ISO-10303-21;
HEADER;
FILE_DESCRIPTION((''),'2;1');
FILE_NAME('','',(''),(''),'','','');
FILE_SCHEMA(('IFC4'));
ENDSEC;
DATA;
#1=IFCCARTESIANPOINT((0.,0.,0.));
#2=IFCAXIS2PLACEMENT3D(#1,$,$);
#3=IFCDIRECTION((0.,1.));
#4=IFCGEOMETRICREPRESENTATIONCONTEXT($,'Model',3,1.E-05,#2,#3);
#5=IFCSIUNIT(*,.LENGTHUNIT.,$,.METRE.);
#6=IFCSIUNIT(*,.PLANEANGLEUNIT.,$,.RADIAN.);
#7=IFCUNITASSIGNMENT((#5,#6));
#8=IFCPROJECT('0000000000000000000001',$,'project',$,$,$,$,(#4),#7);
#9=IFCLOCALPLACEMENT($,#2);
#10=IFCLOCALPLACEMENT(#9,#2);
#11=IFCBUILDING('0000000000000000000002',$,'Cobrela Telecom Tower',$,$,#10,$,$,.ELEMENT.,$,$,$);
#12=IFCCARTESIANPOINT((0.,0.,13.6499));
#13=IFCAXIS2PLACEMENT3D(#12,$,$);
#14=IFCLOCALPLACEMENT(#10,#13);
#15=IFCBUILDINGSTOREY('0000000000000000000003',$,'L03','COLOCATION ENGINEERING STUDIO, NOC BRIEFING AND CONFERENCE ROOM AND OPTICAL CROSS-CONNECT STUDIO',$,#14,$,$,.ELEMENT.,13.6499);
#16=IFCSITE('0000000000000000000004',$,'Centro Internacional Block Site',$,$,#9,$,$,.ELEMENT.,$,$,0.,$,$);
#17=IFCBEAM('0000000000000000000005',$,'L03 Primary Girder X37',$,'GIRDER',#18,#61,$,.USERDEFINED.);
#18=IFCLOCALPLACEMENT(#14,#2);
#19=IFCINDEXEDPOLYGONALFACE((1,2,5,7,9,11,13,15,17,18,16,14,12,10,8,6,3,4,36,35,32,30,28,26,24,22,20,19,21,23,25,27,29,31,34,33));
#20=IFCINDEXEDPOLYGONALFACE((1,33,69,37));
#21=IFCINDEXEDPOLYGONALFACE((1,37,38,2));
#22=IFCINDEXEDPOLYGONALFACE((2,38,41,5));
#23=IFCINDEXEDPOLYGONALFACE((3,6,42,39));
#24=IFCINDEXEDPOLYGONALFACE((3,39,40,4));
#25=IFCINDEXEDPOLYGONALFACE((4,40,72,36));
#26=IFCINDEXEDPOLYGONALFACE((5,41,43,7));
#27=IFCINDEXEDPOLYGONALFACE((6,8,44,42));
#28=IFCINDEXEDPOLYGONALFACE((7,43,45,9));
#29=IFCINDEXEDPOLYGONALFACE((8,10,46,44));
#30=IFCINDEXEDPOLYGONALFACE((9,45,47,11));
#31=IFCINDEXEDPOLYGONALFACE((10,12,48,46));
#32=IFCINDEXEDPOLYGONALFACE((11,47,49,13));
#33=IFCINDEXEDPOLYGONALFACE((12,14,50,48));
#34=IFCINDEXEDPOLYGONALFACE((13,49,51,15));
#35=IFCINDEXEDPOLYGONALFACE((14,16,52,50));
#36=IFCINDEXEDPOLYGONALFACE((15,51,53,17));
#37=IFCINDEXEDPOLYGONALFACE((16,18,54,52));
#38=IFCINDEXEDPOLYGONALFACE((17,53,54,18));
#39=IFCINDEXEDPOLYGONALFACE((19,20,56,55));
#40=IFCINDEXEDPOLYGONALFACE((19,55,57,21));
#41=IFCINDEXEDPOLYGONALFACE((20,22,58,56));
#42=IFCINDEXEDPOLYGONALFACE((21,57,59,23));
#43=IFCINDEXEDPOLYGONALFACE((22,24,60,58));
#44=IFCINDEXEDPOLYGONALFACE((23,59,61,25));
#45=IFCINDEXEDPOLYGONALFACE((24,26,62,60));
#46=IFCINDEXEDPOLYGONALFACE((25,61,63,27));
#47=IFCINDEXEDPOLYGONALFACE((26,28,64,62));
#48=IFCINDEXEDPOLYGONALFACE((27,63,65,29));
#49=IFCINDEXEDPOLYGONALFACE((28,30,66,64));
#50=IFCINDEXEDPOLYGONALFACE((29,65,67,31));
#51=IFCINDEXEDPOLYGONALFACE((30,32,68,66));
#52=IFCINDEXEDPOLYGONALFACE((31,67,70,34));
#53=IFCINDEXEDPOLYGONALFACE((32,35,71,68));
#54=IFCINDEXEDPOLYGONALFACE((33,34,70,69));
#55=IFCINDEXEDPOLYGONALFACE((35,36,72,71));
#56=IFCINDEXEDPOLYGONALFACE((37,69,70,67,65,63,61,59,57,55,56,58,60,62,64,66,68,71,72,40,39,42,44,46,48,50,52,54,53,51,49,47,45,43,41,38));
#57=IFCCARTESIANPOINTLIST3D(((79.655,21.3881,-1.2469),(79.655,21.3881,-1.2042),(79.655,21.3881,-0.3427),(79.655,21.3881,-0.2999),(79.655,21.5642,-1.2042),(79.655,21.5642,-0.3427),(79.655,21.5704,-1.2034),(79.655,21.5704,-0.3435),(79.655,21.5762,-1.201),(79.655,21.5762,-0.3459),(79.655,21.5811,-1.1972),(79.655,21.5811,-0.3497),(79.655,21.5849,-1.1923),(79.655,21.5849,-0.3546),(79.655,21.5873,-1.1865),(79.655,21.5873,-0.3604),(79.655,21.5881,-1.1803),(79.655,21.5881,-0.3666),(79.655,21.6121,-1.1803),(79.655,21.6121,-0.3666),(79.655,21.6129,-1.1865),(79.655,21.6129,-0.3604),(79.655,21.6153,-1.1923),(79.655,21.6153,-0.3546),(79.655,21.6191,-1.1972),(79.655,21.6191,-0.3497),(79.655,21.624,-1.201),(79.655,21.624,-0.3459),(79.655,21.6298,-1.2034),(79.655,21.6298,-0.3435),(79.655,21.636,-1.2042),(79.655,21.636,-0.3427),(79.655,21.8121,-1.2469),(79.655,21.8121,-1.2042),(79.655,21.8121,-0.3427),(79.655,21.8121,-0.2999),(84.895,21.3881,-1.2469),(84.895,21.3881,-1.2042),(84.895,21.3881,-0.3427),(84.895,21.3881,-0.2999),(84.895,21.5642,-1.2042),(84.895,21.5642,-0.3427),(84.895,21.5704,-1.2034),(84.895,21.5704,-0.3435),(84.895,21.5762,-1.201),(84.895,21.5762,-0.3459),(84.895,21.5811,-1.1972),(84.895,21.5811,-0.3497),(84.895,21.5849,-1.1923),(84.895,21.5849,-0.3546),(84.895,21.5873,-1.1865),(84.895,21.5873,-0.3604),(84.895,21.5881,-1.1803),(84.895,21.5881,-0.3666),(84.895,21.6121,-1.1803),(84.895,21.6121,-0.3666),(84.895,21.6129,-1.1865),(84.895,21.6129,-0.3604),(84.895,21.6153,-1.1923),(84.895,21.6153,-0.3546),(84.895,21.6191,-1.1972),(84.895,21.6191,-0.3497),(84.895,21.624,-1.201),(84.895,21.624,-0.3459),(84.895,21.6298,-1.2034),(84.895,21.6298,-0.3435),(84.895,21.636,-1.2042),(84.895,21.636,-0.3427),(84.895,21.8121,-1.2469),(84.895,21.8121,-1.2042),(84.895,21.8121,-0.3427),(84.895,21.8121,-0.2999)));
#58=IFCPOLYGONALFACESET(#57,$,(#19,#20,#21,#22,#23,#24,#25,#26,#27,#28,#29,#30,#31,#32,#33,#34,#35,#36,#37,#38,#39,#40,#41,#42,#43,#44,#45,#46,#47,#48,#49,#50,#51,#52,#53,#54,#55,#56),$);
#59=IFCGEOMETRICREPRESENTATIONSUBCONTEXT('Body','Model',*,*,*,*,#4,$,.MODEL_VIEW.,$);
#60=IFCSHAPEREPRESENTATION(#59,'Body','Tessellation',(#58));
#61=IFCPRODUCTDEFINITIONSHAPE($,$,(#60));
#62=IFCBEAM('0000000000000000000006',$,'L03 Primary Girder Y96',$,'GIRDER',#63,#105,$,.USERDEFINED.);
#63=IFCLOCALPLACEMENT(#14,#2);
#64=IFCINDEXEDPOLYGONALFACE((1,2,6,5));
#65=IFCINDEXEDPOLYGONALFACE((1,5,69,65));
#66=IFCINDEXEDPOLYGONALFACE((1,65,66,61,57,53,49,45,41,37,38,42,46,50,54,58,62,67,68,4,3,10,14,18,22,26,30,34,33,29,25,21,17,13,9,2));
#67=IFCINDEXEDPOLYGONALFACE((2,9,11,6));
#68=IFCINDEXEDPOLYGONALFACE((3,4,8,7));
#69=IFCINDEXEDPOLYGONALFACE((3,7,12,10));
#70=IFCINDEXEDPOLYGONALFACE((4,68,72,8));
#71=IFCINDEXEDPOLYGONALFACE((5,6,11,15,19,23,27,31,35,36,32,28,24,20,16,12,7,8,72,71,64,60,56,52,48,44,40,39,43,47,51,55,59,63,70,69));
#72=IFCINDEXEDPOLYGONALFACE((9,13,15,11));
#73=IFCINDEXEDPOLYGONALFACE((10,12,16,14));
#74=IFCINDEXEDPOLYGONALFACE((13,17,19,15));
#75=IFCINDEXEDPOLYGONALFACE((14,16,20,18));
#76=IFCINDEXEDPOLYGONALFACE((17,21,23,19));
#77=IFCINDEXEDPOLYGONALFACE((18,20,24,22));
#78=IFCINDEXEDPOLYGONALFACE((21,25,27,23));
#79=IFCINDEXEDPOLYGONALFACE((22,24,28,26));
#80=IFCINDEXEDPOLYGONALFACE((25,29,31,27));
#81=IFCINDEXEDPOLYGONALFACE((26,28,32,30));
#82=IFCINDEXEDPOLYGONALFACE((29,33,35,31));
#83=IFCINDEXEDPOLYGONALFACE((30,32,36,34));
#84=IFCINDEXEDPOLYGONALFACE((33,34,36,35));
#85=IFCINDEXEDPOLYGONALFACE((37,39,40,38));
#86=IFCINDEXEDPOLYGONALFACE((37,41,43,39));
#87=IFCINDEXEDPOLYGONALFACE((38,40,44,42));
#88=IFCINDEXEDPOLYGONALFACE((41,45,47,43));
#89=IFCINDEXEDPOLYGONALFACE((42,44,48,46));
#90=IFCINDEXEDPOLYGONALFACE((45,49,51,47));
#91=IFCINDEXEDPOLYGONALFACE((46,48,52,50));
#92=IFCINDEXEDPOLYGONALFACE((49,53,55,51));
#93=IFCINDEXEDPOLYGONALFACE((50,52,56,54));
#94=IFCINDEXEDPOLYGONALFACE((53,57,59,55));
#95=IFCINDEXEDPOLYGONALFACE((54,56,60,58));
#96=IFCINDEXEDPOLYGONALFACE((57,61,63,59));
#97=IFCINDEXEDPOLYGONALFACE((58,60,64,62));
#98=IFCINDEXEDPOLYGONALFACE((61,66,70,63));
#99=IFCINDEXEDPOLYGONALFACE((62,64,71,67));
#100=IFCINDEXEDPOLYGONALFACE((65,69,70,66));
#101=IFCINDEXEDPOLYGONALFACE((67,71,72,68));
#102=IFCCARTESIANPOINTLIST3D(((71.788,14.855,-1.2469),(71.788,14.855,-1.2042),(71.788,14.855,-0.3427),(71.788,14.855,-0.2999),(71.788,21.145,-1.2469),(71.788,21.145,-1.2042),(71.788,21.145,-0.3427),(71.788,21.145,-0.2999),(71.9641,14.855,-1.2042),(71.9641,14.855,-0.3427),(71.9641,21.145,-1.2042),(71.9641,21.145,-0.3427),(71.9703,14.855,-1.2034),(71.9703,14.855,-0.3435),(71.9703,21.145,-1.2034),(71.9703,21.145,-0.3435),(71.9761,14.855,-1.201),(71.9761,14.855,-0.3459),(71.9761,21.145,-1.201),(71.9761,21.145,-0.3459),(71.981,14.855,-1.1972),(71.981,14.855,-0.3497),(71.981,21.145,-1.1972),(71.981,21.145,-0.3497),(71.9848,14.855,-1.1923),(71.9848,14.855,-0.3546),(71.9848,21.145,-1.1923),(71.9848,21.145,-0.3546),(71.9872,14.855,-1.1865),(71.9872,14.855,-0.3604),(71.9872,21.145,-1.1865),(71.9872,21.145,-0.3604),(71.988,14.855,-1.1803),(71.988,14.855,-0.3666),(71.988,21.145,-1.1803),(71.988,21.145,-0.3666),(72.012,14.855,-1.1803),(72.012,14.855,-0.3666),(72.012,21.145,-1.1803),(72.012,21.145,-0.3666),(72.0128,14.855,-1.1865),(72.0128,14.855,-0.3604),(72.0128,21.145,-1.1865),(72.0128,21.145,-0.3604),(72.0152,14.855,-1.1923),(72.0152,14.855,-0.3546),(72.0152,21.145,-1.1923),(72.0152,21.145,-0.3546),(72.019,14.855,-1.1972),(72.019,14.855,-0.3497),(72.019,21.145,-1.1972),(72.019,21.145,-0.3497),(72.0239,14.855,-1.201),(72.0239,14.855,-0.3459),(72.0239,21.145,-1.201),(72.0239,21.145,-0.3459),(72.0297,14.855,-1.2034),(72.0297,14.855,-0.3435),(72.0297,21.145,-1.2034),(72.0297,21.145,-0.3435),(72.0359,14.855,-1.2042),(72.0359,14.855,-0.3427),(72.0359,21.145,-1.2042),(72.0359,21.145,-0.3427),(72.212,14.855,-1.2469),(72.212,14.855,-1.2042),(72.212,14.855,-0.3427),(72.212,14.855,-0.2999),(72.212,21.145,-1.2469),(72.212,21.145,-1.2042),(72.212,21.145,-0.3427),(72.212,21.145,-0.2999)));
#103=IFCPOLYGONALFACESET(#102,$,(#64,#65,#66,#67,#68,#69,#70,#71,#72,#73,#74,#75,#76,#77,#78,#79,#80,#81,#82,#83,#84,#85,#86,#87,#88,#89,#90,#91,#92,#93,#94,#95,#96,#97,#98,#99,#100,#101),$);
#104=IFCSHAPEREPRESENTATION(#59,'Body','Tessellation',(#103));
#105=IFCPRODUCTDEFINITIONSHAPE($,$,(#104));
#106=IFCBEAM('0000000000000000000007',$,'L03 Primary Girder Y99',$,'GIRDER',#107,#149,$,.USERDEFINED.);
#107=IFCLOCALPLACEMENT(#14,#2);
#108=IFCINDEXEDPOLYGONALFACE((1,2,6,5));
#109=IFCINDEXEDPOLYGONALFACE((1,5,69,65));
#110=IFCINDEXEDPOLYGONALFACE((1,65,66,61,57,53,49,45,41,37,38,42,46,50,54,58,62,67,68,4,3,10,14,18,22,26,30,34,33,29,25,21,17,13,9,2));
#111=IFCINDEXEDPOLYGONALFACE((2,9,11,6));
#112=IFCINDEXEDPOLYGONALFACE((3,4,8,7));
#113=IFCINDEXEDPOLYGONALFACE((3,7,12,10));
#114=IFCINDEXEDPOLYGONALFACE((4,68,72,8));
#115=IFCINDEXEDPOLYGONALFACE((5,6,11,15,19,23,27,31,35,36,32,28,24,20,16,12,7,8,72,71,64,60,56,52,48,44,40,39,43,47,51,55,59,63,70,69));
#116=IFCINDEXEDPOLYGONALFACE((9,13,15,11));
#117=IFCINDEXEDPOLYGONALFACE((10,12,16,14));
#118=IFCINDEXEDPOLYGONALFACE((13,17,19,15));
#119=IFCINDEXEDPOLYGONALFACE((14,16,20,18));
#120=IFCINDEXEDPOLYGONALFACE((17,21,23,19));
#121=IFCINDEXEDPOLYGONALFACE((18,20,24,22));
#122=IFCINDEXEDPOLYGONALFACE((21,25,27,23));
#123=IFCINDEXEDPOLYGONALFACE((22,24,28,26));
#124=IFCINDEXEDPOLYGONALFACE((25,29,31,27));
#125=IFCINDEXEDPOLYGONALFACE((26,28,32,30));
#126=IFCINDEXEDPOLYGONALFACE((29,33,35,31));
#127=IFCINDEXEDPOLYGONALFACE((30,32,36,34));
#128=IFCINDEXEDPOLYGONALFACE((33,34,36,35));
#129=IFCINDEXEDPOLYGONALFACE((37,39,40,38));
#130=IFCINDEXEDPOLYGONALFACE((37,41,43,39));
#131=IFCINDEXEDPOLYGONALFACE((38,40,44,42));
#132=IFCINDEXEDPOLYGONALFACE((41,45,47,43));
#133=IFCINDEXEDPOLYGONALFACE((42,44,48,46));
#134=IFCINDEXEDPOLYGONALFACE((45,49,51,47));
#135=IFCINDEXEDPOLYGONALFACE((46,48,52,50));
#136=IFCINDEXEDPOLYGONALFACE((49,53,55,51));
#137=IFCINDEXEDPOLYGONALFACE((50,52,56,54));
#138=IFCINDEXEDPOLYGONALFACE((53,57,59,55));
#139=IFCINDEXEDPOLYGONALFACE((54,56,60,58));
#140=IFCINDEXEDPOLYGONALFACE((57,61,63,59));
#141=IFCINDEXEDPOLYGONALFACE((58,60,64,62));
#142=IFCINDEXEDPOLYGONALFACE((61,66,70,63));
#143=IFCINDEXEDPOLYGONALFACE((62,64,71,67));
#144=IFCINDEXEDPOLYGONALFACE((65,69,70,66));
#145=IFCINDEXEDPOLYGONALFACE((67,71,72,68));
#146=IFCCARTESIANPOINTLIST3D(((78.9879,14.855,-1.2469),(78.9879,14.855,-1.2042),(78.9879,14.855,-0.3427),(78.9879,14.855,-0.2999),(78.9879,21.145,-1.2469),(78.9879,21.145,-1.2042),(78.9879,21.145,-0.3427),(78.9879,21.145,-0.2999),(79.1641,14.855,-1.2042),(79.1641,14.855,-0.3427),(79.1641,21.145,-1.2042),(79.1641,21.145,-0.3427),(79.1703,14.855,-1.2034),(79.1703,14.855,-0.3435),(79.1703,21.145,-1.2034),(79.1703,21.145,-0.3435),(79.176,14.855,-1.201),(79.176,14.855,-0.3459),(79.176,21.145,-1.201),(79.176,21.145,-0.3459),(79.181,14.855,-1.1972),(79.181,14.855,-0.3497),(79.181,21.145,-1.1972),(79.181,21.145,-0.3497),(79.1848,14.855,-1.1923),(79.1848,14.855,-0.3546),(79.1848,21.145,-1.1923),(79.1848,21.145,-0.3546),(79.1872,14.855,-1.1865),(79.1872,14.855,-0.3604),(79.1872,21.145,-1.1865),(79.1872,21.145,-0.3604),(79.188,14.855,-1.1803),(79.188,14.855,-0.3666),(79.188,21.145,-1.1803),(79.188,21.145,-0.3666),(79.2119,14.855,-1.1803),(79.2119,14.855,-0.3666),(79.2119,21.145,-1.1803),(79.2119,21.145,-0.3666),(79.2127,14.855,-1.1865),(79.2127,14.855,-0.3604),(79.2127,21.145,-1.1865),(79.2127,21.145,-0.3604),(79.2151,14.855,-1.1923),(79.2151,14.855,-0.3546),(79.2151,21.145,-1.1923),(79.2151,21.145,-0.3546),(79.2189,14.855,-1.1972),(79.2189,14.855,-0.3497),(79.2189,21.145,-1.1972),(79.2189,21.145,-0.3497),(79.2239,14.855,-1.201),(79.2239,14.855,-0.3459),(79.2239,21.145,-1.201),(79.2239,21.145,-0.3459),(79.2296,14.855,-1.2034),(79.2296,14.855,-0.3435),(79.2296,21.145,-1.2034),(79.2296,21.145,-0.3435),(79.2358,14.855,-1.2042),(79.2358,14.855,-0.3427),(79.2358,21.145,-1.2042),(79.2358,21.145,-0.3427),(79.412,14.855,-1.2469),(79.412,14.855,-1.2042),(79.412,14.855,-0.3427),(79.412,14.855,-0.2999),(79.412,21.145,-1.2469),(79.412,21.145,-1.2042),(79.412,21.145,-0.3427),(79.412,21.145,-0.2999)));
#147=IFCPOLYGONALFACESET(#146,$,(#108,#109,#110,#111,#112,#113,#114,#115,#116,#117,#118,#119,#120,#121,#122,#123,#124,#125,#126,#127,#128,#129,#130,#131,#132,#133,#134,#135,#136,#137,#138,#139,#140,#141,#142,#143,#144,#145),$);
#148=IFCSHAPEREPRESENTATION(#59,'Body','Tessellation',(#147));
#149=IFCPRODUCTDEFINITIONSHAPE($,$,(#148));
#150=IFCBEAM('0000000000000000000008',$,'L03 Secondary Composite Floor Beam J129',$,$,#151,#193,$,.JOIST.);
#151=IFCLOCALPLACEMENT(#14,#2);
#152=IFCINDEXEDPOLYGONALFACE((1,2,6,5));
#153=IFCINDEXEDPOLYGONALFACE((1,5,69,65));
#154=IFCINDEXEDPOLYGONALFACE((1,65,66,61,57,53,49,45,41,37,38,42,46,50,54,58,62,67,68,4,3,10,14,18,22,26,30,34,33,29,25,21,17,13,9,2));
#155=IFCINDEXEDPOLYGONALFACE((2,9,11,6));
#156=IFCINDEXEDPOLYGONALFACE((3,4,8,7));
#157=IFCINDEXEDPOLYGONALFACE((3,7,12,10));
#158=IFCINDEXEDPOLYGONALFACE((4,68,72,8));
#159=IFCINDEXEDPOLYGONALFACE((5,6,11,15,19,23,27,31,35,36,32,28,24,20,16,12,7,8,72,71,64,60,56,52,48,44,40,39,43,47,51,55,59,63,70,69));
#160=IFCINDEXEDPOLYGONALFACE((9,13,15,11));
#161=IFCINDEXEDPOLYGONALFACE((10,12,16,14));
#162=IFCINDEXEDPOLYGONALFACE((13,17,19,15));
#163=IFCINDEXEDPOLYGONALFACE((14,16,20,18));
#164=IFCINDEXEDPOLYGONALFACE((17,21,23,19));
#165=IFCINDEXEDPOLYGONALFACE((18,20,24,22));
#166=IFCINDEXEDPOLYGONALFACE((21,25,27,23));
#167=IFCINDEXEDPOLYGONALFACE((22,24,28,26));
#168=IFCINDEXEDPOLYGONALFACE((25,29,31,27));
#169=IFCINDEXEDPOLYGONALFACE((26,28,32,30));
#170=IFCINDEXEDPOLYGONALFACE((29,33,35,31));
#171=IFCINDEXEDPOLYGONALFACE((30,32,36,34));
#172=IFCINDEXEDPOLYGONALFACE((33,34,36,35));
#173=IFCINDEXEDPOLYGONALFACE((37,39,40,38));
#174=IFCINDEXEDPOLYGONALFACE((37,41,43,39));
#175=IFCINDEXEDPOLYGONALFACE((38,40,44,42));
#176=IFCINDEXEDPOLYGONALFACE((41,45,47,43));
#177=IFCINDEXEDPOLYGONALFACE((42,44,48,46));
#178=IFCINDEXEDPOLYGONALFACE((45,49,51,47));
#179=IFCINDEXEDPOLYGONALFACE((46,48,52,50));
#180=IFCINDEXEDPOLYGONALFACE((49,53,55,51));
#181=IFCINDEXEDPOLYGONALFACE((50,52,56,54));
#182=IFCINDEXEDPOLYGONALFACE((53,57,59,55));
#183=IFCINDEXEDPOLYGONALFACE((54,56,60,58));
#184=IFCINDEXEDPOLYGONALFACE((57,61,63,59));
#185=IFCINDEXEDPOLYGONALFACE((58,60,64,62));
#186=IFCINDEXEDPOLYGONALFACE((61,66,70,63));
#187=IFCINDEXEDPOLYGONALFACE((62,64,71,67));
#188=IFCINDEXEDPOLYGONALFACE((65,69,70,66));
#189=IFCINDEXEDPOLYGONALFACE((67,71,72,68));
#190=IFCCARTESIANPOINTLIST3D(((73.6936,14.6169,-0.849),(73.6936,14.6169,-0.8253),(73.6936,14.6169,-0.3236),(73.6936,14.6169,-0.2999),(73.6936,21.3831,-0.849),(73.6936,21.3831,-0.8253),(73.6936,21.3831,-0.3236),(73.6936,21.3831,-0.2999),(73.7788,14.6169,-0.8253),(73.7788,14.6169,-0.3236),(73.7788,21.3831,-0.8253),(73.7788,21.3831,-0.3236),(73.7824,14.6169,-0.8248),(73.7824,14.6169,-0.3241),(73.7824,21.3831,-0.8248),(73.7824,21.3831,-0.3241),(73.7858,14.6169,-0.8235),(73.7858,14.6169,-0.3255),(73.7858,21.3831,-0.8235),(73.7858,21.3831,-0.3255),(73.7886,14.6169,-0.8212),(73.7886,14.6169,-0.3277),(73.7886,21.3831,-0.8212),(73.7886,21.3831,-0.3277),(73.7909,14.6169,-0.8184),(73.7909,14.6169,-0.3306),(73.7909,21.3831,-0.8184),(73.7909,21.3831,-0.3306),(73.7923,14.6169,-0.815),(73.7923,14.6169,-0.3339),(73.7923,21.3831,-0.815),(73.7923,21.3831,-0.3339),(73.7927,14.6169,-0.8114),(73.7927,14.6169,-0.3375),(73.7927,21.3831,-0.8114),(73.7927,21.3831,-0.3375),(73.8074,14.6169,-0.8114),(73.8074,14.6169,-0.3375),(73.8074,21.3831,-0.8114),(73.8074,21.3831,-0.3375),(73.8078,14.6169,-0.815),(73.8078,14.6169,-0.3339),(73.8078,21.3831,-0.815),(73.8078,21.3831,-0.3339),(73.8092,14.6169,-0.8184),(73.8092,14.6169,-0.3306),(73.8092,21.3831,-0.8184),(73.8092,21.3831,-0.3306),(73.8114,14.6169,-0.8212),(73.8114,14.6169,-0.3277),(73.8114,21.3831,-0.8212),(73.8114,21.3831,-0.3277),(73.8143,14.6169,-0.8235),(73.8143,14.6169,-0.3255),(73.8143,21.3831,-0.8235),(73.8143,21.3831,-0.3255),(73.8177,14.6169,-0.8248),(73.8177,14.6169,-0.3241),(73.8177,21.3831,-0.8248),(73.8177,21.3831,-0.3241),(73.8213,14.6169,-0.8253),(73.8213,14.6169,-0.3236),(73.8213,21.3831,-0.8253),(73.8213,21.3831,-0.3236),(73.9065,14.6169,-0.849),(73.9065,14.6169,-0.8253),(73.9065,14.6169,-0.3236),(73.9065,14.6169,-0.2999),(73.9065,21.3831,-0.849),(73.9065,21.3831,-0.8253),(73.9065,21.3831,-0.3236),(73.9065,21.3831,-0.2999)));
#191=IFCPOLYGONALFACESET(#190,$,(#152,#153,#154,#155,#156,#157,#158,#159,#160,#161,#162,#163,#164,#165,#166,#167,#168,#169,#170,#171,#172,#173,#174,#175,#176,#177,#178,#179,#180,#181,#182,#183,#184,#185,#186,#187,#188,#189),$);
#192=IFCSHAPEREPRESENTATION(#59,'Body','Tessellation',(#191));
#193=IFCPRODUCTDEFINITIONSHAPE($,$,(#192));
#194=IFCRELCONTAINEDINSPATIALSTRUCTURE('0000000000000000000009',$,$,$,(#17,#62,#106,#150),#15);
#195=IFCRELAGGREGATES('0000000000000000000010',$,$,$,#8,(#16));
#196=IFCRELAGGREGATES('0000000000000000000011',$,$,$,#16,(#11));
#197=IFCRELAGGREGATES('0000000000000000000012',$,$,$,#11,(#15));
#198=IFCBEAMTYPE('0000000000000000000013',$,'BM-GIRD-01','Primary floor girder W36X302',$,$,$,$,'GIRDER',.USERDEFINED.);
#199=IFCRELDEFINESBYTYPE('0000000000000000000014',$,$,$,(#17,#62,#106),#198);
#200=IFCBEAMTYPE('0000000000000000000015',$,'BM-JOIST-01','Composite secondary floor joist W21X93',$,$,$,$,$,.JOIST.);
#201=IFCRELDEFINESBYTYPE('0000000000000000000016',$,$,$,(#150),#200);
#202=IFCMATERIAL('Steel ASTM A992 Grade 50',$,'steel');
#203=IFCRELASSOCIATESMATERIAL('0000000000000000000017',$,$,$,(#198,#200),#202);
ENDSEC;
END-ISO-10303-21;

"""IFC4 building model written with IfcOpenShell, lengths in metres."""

from ifc_helpers import new_model, si_unit, direction, frame, origin, origin_2d, place, context, subcontext, project, spatial, i_section, extrude, material, material_profile, profile_set, type_object, element, save


model = new_model("IFC4")

# Units and contexts
model_context = context("Model", 3, precision=1e-05, world=origin(), true_north=direction((0.0, 1.0)))
body_context = subcontext(model_context, "Body", "Model", "MODEL_VIEW")
ifc_project = project(units=[si_unit("LENGTHUNIT", "METRE"), si_unit("PLANEANGLEUNIT", "RADIAN")], contexts=[model_context])

# Site, building, storey
site_placement = place(None, origin())
site = spatial("IfcSite", under=ifc_project, at=site_placement, Name="Centro Internacional Block Site", CompositionType="ELEMENT", RefElevation=0.0)
building_placement = place(site_placement, origin())
building = spatial("IfcBuilding", under=site, at=building_placement, Name="Cobrela Telecom Tower", CompositionType="ELEMENT")
storey_placement = place(building_placement, frame((0.0, 0.0, 13.6499)))
storey = spatial("IfcBuildingStorey", under=building, at=storey_placement, Name="L03", Description="COLOCATION ENGINEERING STUDIO, NOC BRIEFING AND CONFERENCE ROOM AND OPTICAL CROSS-CONNECT STUDIO", CompositionType="ELEMENT", Elevation=13.6499)

# Beams
ifc_material_1 = material(Name="Steel ASTM A992 Grade 50", Category="steel")
ifc_material_profile_1 = material_profile(ifc_material_1, i_section(OverallWidth=0.4241, OverallDepth=0.947, WebThickness=0.0239, FlangeThickness=0.0427, FilletRadius=0.0239, at=origin_2d()), Name="W36X302")
ifc_profile_set_1 = profile_set([ifc_material_profile_1], Name="Steel ASTM A992 Grade 50")
beam_type_1 = type_object("IfcBeamType", Name="BM-GIRD-01", Description="Primary floor girder W36X302", ElementType="GIRDER", PredefinedType="USERDEFINED", material=ifc_profile_set_1)
beam_1_placement = place(storey_placement, frame((79.655, 21.6001, -0.7734), z_axis=(1.0, 0.0, 0.0), x_axis=(0.0, 1.0, 0.0)))
element("IfcBeam", 1, at=beam_1_placement, inside=storey, type_object=beam_type_1, Name="L03 Primary Girder X37", ObjectType="GIRDER", PredefinedType="USERDEFINED", context=body_context, shape_type="SweptSolid", body=[
    extrude(i_section(OverallWidth=0.4241, OverallDepth=0.947, WebThickness=0.0239, FlangeThickness=0.0427, FilletRadius=0.0239, at=origin_2d()), origin(), (0.0, 0.0, 1.0), 5.24),
])
for number, where, z_axis, x_axis, name in (
    (2, (72.0, 14.855, -0.7734), (0.0, 1.0, 0.0), (-1.0, 0.0, 0.0), "L03 Primary Girder Y96"),
    (3, (79.2, 14.855, -0.7734), (0.0, 1.0, 0.0), (-1.0, 0.0, 0.0), "L03 Primary Girder Y99"),
):
    element("IfcBeam", number, at=place(storey_placement, frame(where, z_axis=z_axis, x_axis=x_axis)), inside=storey, type_object=beam_type_1, Name=name, ObjectType="GIRDER", PredefinedType="USERDEFINED", context=body_context, shape_type="SweptSolid", body=[
        extrude(i_section(OverallWidth=0.4241, OverallDepth=0.947, WebThickness=0.0239, FlangeThickness=0.0427, FilletRadius=0.0239, at=origin_2d()), origin(), (0.0, 0.0, 1.0), 6.29),
    ])
ifc_material_profile_2 = material_profile(ifc_material_1, i_section(OverallWidth=0.2129, OverallDepth=0.5491, WebThickness=0.0146, FlangeThickness=0.0237, FilletRadius=0.0139, at=origin_2d()), Name="W21X93")
ifc_profile_set_2 = profile_set([ifc_material_profile_2], Name="Steel ASTM A992 Grade 50")
beam_type_2 = type_object("IfcBeamType", Name="BM-JOIST-01", Description="Composite secondary floor joist W21X93", PredefinedType="JOIST", material=ifc_profile_set_2)
for number, where, z_axis, x_axis, name in (
    (4, (73.8, 14.6169, -0.5745), (0.0, 1.0, 0.0), (-1.0, 0.0, 0.0), "L03 Secondary Composite Floor Beam J129"),
):
    element("IfcBeam", number, at=place(storey_placement, frame(where, z_axis=z_axis, x_axis=x_axis)), inside=storey, type_object=beam_type_2, Name=name, PredefinedType="JOIST", context=body_context, shape_type="SweptSolid", body=[
        extrude(i_section(OverallWidth=0.2129, OverallDepth=0.5491, WebThickness=0.0146, FlangeThickness=0.0237, FilletRadius=0.0139, at=origin_2d()), origin(), (0.0, 0.0, 1.0), 6.7661),
    ])

save(model, "model.ifc")
